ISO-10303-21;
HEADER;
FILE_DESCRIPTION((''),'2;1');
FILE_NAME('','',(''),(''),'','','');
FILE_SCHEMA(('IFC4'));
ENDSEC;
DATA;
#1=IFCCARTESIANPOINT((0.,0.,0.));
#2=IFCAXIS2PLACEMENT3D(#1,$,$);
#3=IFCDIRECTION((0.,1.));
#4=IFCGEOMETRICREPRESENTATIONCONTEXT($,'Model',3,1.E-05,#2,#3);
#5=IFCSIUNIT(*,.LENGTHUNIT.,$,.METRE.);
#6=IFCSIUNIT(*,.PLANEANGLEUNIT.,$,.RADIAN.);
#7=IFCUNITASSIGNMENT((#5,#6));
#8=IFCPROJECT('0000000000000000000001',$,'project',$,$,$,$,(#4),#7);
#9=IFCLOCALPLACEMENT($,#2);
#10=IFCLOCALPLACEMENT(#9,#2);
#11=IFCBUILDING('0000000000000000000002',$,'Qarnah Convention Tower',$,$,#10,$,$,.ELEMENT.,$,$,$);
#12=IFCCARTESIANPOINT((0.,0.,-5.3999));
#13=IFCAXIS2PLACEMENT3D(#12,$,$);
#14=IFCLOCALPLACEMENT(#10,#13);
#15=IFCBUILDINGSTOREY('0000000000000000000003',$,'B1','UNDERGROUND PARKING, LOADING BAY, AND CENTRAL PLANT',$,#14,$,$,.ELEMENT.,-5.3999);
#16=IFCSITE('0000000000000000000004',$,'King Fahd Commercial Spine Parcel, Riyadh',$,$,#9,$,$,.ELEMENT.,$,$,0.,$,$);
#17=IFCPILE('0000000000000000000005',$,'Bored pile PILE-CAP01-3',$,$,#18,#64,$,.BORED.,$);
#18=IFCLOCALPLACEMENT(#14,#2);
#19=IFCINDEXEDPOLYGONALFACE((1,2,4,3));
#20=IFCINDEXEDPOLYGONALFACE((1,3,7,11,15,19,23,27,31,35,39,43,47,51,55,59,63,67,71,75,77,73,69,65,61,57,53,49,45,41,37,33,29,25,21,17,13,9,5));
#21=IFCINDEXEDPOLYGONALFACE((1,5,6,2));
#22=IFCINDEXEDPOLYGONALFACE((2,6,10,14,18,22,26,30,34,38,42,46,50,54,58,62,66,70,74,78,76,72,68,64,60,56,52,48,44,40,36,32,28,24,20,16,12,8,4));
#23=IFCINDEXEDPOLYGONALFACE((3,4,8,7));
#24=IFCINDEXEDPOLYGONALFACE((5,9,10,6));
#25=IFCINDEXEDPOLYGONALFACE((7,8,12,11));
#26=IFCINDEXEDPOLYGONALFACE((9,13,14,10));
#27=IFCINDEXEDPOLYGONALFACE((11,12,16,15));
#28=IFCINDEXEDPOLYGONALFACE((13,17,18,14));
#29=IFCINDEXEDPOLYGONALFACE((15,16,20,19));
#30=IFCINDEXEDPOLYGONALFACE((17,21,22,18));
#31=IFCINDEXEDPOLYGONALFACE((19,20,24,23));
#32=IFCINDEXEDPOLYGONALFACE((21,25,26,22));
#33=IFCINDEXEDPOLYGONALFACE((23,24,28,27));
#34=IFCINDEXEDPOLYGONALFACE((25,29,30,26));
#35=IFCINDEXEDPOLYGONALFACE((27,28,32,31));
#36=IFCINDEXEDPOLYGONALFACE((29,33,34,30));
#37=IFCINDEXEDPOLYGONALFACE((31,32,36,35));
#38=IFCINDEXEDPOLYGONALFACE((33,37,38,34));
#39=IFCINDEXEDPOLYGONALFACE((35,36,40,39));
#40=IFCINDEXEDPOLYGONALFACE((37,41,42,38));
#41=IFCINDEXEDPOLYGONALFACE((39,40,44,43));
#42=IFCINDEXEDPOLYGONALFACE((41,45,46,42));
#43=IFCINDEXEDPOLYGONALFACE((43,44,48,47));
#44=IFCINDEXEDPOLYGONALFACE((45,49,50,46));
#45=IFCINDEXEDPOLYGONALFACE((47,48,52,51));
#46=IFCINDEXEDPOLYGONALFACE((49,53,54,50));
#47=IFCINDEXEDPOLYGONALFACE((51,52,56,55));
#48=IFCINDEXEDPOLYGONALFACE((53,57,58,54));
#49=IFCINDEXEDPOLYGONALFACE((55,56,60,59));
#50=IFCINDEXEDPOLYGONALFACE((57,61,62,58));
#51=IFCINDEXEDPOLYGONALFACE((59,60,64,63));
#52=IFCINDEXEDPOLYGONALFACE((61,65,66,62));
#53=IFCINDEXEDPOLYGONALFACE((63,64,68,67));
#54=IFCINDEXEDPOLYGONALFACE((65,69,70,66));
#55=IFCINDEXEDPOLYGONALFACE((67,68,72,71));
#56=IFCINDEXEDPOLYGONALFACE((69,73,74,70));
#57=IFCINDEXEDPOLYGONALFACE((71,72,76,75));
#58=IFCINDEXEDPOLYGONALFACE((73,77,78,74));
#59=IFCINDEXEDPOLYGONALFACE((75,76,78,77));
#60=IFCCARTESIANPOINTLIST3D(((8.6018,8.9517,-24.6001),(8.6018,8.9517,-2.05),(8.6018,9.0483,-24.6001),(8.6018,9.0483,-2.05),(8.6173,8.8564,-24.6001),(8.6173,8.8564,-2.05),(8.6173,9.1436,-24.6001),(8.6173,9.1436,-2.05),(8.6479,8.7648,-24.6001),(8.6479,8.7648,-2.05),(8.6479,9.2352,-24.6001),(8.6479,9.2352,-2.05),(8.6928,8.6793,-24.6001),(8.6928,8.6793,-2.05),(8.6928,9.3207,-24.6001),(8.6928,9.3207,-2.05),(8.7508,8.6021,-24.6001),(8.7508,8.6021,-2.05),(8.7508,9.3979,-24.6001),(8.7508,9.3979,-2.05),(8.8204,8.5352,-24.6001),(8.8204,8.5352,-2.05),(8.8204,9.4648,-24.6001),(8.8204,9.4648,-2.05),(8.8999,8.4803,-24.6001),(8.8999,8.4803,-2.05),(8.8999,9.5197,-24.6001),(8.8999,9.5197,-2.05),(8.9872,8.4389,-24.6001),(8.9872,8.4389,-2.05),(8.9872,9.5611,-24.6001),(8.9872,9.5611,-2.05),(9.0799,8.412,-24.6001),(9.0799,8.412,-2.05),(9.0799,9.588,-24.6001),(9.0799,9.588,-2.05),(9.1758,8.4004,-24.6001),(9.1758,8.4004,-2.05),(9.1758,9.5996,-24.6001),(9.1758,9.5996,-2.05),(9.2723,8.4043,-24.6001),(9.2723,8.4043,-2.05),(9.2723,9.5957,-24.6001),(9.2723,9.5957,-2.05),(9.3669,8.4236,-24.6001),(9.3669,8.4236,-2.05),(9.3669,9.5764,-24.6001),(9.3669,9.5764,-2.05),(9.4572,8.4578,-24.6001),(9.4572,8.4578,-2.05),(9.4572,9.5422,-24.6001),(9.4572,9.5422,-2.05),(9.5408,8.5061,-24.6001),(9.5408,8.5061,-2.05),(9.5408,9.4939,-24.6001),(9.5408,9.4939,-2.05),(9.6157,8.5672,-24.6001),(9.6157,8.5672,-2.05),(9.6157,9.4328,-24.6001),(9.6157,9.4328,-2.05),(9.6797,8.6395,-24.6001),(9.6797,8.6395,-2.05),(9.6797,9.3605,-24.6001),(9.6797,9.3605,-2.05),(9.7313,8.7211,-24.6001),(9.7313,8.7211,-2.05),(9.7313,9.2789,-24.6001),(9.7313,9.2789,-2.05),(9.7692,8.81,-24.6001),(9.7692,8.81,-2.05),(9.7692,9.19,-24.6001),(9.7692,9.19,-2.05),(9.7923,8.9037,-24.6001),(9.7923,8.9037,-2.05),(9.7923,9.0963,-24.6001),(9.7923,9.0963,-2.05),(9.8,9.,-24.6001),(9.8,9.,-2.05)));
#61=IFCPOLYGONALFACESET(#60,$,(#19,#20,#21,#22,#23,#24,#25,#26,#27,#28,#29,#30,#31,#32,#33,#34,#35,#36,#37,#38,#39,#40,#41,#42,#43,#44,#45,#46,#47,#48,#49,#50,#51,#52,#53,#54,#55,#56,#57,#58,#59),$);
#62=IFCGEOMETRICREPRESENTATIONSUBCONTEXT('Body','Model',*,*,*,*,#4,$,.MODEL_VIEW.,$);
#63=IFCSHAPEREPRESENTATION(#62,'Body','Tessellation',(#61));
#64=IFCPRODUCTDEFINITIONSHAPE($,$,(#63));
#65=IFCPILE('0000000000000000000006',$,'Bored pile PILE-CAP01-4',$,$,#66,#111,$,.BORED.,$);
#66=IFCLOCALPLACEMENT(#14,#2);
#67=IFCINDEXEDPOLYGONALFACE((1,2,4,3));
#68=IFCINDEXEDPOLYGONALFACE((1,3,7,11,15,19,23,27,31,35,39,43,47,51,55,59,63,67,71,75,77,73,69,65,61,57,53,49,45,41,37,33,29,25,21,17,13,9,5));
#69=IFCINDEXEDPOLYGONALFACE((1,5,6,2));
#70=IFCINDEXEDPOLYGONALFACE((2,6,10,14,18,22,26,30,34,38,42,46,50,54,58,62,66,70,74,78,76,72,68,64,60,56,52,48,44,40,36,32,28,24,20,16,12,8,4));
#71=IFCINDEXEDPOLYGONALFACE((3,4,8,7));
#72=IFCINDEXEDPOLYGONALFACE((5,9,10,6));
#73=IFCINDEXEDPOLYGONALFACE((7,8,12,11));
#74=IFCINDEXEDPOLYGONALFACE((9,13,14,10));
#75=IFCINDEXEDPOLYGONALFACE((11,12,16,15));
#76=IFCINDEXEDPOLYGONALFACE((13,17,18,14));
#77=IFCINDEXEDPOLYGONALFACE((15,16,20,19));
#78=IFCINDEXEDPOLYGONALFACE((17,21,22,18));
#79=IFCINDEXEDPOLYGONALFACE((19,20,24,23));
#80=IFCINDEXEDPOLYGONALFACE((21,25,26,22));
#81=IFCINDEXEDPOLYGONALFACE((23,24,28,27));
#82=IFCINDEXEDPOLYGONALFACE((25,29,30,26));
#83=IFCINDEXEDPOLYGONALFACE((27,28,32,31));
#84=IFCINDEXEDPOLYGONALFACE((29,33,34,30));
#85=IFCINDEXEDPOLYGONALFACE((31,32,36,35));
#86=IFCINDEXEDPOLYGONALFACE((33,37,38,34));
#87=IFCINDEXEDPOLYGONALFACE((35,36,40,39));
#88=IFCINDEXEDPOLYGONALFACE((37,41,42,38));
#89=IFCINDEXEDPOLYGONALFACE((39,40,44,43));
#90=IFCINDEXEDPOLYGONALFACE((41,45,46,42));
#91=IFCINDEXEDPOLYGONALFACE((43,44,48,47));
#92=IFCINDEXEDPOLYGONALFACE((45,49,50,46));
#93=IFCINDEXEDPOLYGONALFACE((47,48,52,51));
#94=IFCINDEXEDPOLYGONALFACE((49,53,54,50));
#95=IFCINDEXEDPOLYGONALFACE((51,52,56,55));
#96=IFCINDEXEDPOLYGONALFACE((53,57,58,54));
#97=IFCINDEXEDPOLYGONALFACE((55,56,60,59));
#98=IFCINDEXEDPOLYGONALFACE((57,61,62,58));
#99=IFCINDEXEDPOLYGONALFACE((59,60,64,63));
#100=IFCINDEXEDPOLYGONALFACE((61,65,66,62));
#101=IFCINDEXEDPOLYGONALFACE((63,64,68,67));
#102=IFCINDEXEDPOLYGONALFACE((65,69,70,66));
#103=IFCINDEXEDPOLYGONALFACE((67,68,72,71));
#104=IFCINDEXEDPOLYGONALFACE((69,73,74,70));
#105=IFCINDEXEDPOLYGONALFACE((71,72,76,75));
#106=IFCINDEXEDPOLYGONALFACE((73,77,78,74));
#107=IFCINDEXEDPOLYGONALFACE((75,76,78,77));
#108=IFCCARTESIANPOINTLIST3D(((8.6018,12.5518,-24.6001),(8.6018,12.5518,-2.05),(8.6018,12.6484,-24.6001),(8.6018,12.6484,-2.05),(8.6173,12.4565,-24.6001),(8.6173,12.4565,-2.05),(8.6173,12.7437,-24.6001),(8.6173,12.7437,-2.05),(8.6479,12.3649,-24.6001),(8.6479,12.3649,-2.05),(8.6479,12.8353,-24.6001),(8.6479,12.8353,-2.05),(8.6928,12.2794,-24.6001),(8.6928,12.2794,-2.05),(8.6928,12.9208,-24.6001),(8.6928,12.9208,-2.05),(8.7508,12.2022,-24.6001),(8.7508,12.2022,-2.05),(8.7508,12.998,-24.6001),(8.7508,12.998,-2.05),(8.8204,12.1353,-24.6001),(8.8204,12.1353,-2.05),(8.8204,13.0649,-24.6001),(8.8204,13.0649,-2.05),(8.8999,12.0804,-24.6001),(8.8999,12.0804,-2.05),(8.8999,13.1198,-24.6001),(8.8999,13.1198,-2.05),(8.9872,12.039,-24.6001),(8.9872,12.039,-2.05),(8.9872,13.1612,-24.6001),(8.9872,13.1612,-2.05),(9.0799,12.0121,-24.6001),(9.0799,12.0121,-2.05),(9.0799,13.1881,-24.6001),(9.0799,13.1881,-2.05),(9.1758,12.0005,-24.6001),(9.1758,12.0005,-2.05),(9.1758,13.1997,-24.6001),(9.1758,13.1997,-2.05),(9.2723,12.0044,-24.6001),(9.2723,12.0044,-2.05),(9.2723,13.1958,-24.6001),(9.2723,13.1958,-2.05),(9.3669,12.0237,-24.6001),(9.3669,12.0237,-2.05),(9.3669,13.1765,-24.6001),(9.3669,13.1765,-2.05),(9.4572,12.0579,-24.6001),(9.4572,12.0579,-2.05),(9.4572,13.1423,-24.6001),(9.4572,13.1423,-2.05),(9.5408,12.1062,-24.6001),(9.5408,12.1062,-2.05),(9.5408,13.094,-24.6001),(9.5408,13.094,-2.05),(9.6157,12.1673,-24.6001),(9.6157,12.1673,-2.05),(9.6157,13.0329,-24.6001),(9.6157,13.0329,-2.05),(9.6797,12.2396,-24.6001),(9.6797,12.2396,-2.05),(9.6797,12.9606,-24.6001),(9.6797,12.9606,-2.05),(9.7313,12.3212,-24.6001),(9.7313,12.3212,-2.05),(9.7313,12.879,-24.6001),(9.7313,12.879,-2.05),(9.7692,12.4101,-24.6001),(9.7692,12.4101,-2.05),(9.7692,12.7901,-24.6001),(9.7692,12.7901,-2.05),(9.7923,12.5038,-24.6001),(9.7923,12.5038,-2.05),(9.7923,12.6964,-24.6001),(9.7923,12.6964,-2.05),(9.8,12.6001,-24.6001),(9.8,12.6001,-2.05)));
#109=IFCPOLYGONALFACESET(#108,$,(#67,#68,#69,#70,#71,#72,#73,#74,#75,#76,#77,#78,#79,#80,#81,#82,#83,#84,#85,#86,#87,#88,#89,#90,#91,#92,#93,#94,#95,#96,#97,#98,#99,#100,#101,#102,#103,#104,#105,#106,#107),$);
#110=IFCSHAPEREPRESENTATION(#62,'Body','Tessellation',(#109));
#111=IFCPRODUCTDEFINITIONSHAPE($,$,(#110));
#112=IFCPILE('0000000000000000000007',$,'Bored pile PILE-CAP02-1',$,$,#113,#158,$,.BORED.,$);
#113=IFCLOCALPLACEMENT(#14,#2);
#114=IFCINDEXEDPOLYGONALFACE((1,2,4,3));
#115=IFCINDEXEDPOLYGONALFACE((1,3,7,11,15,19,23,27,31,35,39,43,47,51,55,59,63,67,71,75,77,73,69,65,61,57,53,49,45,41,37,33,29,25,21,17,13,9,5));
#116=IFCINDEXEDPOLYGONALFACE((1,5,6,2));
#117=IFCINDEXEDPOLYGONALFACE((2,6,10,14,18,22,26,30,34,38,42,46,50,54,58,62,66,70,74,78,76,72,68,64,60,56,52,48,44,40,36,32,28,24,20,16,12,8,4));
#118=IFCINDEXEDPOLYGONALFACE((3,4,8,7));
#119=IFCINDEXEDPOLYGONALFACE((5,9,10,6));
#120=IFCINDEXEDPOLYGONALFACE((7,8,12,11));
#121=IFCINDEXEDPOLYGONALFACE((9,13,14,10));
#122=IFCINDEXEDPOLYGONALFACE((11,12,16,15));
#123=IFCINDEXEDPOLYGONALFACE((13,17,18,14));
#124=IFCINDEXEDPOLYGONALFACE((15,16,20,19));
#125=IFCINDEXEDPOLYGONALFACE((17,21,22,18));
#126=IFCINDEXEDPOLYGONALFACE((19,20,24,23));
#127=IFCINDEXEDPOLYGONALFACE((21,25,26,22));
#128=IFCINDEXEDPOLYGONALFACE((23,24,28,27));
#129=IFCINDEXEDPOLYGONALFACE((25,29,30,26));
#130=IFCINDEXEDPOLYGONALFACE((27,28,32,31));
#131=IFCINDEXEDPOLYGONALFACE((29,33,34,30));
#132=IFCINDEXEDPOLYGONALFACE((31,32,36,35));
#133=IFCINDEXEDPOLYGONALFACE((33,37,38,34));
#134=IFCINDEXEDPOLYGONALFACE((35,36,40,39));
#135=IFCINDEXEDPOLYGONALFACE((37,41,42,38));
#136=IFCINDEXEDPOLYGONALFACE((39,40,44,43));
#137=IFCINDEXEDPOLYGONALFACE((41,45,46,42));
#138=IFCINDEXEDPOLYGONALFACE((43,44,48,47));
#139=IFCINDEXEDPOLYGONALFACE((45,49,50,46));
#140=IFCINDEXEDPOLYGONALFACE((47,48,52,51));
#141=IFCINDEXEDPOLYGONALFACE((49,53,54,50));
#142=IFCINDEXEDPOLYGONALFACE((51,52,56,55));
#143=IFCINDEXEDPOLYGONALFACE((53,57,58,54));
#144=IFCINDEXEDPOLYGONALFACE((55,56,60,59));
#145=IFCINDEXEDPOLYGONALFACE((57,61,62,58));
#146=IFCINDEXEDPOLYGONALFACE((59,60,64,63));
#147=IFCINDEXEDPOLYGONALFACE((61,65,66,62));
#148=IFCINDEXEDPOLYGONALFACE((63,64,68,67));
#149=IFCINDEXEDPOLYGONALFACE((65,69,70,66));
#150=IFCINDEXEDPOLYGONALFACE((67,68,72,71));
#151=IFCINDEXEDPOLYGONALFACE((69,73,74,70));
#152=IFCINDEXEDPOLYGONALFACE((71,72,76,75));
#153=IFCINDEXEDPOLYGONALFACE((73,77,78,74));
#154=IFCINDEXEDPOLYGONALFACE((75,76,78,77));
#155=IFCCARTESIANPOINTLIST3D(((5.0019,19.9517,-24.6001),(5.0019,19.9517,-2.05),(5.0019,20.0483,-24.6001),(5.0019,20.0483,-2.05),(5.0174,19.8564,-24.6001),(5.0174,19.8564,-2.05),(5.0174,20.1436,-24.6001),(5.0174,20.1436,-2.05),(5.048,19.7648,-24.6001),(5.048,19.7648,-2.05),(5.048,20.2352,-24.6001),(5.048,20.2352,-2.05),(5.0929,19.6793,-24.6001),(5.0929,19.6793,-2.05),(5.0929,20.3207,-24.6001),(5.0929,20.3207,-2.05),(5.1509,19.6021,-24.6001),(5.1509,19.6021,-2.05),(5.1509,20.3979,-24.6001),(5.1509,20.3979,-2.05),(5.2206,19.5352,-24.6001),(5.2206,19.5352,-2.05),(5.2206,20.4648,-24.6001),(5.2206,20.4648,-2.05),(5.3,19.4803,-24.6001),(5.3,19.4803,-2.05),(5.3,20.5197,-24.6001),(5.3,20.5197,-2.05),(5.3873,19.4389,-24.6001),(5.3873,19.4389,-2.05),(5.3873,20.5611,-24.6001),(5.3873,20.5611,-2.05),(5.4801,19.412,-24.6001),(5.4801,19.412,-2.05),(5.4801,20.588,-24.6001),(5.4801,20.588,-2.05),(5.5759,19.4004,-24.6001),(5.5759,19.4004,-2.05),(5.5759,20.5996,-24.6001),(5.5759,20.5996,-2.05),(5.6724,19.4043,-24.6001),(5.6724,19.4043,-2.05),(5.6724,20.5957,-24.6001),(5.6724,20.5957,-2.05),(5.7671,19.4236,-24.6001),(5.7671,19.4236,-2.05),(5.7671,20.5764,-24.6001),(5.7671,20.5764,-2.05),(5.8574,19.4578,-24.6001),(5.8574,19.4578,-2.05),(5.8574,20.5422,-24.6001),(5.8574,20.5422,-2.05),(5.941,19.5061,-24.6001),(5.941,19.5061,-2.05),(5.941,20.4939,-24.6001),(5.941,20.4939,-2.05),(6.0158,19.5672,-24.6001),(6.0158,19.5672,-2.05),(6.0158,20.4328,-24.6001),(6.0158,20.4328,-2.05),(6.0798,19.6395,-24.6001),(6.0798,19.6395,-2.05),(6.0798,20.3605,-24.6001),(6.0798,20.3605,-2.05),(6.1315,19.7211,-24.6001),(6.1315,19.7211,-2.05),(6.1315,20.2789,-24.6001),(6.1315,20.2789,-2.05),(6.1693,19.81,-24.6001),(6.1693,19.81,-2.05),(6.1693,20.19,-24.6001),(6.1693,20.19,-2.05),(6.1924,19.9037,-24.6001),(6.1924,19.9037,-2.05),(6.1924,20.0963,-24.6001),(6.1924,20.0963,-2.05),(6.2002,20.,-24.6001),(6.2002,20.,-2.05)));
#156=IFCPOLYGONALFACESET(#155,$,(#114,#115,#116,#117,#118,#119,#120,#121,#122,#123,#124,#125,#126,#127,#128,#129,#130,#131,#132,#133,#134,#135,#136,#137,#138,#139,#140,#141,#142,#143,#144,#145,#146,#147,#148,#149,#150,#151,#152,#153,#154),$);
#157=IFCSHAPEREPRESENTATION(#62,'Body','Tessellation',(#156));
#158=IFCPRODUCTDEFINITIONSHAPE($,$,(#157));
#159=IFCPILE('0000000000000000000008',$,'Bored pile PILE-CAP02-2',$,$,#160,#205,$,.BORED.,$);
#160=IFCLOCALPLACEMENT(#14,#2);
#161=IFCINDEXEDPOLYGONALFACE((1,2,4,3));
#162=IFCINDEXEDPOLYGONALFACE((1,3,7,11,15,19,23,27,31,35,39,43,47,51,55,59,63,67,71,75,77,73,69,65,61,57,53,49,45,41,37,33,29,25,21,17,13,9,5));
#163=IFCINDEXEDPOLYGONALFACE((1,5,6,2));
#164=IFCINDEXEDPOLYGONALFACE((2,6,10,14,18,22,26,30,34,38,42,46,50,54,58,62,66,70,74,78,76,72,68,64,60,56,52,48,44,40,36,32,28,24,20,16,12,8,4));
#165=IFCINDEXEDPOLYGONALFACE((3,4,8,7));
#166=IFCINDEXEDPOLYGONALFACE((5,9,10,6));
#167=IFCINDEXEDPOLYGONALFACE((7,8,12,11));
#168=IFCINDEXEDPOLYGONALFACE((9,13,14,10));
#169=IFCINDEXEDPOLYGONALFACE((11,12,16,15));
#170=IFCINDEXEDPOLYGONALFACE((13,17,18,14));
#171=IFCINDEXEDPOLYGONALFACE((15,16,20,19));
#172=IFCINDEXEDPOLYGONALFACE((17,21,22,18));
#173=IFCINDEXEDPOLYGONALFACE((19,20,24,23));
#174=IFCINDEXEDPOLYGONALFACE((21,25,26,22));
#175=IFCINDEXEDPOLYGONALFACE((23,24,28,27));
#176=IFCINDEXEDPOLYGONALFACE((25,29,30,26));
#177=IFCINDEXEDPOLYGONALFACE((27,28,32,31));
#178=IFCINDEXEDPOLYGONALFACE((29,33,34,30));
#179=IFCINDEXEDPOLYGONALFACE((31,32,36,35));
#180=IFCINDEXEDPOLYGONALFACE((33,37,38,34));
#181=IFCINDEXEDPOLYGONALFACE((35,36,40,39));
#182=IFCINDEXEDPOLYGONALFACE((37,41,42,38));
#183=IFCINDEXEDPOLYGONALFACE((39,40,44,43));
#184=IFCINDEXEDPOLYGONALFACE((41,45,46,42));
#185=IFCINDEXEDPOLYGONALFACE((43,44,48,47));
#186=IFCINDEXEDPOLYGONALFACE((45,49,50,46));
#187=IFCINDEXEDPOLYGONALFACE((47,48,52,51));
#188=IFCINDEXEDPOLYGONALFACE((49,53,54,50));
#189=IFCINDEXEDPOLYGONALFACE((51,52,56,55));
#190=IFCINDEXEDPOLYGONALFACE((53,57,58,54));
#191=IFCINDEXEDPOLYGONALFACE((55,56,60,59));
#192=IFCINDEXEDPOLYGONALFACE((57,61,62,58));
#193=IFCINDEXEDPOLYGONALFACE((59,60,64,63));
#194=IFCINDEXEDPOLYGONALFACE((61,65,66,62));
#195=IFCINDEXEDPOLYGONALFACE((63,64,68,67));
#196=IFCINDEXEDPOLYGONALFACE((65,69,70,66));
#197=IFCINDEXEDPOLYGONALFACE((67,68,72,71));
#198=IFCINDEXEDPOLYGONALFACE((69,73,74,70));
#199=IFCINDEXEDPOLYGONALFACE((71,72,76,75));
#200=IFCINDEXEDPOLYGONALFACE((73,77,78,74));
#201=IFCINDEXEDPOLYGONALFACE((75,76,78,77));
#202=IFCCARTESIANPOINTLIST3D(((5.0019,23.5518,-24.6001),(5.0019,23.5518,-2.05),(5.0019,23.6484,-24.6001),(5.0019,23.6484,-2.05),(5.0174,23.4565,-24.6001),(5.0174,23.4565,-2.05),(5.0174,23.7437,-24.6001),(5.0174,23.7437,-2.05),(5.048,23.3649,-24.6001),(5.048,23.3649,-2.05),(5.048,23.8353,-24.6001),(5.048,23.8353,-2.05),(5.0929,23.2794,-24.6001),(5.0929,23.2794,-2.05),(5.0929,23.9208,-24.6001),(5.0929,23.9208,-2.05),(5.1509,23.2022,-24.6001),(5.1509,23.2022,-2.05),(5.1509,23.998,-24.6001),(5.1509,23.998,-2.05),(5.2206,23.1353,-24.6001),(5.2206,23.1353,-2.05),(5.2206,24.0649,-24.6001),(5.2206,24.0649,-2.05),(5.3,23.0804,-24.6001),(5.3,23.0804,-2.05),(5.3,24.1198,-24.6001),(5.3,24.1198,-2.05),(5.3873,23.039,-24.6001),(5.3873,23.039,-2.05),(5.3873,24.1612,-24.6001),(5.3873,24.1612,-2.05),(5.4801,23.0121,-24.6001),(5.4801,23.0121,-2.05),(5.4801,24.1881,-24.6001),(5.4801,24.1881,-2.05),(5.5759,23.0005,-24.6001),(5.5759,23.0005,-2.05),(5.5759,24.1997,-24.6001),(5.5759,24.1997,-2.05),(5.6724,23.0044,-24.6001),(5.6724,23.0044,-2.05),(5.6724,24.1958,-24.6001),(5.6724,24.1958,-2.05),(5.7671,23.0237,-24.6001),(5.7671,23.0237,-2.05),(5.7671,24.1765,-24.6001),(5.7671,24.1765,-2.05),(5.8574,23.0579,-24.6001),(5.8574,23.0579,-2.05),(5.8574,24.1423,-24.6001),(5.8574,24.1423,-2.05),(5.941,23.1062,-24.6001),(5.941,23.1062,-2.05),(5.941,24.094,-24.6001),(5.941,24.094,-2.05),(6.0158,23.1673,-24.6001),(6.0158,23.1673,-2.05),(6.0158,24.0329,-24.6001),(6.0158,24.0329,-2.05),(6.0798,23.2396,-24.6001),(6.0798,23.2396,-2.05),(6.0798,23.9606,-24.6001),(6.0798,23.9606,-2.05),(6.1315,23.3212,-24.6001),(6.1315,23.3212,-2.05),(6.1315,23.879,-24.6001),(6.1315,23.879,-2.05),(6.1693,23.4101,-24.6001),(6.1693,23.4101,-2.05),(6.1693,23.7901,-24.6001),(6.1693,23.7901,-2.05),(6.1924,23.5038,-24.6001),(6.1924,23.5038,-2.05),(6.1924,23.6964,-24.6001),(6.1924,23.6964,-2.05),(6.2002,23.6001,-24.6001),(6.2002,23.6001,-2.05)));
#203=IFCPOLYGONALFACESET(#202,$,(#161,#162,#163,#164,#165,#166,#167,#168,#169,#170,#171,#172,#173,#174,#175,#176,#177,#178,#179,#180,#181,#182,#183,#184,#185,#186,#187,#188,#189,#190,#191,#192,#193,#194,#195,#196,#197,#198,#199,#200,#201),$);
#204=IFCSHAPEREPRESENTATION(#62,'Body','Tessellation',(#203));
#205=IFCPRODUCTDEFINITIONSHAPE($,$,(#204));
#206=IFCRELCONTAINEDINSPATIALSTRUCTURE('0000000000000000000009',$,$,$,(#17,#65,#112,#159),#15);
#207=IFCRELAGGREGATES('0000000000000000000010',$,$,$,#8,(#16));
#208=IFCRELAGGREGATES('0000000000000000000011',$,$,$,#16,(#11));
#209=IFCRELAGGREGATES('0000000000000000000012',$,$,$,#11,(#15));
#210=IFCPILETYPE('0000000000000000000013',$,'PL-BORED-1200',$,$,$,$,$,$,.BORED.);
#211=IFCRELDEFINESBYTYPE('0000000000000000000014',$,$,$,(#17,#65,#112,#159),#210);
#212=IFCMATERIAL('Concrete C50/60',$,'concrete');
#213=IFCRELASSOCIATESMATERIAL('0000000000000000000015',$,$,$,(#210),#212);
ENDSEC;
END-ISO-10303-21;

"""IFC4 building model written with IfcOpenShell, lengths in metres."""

from ifc_helpers import new_model, si_unit, direction, frame, origin, origin_2d, place, context, subcontext, project, spatial, circle, extrude, material, material_profile, profile_set, type_object, element, save


model = new_model("IFC4")

# Units and contexts
model_context = context("Model", 3, precision=1e-05, world=origin(), true_north=direction((0.0, 1.0)))
body_context = subcontext(model_context, "Body", "Model", "MODEL_VIEW")
ifc_project = project(units=[si_unit("LENGTHUNIT", "METRE"), si_unit("PLANEANGLEUNIT", "RADIAN")], contexts=[model_context])

# Site, building, storey
site_placement = place(None, origin())
site = spatial("IfcSite", under=ifc_project, at=site_placement, Name="King Fahd Commercial Spine Parcel, Riyadh", CompositionType="ELEMENT", RefElevation=0.0)
building_placement = place(site_placement, origin())
building = spatial("IfcBuilding", under=site, at=building_placement, Name="Qarnah Convention Tower", CompositionType="ELEMENT")
storey_placement = place(building_placement, frame((0.0, 0.0, -5.3999)))
storey = spatial("IfcBuildingStorey", under=building, at=storey_placement, Name="B1", Description="UNDERGROUND PARKING, LOADING BAY, AND CENTRAL PLANT", CompositionType="ELEMENT", Elevation=-5.3999)

# Shared definitions
ifc_material_1 = material(Name="Concrete C50/60", Category="concrete")

# Piles
ifc_material_profile_1 = material_profile(ifc_material_1, circle(Radius=0.6001, at=origin_2d()), Name="PILE-D1200")
ifc_profile_set_1 = profile_set([ifc_material_profile_1], Name="Concrete C50/60")
pile_type_1 = type_object("IfcPileType", Name="PL-BORED-1200", PredefinedType="BORED", material=ifc_profile_set_1)
for number, where, z_axis, x_axis, name in (
    (1, (9.2, 9.0, -2.05), (0.0, 0.0, -1.0), (1.0, 0.0, 0.0), "Bored pile PILE-CAP01-3"),
    (2, (9.2, 12.6001, -2.05), (0.0, 0.0, -1.0), (1.0, 0.0, 0.0), "Bored pile PILE-CAP01-4"),
    (3, (5.6001, 20.0, -2.05), (0.0, 0.0, -1.0), (1.0, 0.0, 0.0), "Bored pile PILE-CAP02-1"),
    (4, (5.6001, 23.6001, -2.05), (0.0, 0.0, -1.0), (1.0, 0.0, 0.0), "Bored pile PILE-CAP02-2"),
):
    element("IfcPile", number, at=place(storey_placement, frame(where, z_axis=z_axis, x_axis=x_axis)), inside=storey, type_object=pile_type_1, Name=name, PredefinedType="BORED", context=body_context, shape_type="SweptSolid", body=[
        extrude(circle(Radius=0.6001, at=origin_2d()), origin(), (0.0, 0.0, 1.0), 22.55),
    ])

save(model, "model.ifc")
